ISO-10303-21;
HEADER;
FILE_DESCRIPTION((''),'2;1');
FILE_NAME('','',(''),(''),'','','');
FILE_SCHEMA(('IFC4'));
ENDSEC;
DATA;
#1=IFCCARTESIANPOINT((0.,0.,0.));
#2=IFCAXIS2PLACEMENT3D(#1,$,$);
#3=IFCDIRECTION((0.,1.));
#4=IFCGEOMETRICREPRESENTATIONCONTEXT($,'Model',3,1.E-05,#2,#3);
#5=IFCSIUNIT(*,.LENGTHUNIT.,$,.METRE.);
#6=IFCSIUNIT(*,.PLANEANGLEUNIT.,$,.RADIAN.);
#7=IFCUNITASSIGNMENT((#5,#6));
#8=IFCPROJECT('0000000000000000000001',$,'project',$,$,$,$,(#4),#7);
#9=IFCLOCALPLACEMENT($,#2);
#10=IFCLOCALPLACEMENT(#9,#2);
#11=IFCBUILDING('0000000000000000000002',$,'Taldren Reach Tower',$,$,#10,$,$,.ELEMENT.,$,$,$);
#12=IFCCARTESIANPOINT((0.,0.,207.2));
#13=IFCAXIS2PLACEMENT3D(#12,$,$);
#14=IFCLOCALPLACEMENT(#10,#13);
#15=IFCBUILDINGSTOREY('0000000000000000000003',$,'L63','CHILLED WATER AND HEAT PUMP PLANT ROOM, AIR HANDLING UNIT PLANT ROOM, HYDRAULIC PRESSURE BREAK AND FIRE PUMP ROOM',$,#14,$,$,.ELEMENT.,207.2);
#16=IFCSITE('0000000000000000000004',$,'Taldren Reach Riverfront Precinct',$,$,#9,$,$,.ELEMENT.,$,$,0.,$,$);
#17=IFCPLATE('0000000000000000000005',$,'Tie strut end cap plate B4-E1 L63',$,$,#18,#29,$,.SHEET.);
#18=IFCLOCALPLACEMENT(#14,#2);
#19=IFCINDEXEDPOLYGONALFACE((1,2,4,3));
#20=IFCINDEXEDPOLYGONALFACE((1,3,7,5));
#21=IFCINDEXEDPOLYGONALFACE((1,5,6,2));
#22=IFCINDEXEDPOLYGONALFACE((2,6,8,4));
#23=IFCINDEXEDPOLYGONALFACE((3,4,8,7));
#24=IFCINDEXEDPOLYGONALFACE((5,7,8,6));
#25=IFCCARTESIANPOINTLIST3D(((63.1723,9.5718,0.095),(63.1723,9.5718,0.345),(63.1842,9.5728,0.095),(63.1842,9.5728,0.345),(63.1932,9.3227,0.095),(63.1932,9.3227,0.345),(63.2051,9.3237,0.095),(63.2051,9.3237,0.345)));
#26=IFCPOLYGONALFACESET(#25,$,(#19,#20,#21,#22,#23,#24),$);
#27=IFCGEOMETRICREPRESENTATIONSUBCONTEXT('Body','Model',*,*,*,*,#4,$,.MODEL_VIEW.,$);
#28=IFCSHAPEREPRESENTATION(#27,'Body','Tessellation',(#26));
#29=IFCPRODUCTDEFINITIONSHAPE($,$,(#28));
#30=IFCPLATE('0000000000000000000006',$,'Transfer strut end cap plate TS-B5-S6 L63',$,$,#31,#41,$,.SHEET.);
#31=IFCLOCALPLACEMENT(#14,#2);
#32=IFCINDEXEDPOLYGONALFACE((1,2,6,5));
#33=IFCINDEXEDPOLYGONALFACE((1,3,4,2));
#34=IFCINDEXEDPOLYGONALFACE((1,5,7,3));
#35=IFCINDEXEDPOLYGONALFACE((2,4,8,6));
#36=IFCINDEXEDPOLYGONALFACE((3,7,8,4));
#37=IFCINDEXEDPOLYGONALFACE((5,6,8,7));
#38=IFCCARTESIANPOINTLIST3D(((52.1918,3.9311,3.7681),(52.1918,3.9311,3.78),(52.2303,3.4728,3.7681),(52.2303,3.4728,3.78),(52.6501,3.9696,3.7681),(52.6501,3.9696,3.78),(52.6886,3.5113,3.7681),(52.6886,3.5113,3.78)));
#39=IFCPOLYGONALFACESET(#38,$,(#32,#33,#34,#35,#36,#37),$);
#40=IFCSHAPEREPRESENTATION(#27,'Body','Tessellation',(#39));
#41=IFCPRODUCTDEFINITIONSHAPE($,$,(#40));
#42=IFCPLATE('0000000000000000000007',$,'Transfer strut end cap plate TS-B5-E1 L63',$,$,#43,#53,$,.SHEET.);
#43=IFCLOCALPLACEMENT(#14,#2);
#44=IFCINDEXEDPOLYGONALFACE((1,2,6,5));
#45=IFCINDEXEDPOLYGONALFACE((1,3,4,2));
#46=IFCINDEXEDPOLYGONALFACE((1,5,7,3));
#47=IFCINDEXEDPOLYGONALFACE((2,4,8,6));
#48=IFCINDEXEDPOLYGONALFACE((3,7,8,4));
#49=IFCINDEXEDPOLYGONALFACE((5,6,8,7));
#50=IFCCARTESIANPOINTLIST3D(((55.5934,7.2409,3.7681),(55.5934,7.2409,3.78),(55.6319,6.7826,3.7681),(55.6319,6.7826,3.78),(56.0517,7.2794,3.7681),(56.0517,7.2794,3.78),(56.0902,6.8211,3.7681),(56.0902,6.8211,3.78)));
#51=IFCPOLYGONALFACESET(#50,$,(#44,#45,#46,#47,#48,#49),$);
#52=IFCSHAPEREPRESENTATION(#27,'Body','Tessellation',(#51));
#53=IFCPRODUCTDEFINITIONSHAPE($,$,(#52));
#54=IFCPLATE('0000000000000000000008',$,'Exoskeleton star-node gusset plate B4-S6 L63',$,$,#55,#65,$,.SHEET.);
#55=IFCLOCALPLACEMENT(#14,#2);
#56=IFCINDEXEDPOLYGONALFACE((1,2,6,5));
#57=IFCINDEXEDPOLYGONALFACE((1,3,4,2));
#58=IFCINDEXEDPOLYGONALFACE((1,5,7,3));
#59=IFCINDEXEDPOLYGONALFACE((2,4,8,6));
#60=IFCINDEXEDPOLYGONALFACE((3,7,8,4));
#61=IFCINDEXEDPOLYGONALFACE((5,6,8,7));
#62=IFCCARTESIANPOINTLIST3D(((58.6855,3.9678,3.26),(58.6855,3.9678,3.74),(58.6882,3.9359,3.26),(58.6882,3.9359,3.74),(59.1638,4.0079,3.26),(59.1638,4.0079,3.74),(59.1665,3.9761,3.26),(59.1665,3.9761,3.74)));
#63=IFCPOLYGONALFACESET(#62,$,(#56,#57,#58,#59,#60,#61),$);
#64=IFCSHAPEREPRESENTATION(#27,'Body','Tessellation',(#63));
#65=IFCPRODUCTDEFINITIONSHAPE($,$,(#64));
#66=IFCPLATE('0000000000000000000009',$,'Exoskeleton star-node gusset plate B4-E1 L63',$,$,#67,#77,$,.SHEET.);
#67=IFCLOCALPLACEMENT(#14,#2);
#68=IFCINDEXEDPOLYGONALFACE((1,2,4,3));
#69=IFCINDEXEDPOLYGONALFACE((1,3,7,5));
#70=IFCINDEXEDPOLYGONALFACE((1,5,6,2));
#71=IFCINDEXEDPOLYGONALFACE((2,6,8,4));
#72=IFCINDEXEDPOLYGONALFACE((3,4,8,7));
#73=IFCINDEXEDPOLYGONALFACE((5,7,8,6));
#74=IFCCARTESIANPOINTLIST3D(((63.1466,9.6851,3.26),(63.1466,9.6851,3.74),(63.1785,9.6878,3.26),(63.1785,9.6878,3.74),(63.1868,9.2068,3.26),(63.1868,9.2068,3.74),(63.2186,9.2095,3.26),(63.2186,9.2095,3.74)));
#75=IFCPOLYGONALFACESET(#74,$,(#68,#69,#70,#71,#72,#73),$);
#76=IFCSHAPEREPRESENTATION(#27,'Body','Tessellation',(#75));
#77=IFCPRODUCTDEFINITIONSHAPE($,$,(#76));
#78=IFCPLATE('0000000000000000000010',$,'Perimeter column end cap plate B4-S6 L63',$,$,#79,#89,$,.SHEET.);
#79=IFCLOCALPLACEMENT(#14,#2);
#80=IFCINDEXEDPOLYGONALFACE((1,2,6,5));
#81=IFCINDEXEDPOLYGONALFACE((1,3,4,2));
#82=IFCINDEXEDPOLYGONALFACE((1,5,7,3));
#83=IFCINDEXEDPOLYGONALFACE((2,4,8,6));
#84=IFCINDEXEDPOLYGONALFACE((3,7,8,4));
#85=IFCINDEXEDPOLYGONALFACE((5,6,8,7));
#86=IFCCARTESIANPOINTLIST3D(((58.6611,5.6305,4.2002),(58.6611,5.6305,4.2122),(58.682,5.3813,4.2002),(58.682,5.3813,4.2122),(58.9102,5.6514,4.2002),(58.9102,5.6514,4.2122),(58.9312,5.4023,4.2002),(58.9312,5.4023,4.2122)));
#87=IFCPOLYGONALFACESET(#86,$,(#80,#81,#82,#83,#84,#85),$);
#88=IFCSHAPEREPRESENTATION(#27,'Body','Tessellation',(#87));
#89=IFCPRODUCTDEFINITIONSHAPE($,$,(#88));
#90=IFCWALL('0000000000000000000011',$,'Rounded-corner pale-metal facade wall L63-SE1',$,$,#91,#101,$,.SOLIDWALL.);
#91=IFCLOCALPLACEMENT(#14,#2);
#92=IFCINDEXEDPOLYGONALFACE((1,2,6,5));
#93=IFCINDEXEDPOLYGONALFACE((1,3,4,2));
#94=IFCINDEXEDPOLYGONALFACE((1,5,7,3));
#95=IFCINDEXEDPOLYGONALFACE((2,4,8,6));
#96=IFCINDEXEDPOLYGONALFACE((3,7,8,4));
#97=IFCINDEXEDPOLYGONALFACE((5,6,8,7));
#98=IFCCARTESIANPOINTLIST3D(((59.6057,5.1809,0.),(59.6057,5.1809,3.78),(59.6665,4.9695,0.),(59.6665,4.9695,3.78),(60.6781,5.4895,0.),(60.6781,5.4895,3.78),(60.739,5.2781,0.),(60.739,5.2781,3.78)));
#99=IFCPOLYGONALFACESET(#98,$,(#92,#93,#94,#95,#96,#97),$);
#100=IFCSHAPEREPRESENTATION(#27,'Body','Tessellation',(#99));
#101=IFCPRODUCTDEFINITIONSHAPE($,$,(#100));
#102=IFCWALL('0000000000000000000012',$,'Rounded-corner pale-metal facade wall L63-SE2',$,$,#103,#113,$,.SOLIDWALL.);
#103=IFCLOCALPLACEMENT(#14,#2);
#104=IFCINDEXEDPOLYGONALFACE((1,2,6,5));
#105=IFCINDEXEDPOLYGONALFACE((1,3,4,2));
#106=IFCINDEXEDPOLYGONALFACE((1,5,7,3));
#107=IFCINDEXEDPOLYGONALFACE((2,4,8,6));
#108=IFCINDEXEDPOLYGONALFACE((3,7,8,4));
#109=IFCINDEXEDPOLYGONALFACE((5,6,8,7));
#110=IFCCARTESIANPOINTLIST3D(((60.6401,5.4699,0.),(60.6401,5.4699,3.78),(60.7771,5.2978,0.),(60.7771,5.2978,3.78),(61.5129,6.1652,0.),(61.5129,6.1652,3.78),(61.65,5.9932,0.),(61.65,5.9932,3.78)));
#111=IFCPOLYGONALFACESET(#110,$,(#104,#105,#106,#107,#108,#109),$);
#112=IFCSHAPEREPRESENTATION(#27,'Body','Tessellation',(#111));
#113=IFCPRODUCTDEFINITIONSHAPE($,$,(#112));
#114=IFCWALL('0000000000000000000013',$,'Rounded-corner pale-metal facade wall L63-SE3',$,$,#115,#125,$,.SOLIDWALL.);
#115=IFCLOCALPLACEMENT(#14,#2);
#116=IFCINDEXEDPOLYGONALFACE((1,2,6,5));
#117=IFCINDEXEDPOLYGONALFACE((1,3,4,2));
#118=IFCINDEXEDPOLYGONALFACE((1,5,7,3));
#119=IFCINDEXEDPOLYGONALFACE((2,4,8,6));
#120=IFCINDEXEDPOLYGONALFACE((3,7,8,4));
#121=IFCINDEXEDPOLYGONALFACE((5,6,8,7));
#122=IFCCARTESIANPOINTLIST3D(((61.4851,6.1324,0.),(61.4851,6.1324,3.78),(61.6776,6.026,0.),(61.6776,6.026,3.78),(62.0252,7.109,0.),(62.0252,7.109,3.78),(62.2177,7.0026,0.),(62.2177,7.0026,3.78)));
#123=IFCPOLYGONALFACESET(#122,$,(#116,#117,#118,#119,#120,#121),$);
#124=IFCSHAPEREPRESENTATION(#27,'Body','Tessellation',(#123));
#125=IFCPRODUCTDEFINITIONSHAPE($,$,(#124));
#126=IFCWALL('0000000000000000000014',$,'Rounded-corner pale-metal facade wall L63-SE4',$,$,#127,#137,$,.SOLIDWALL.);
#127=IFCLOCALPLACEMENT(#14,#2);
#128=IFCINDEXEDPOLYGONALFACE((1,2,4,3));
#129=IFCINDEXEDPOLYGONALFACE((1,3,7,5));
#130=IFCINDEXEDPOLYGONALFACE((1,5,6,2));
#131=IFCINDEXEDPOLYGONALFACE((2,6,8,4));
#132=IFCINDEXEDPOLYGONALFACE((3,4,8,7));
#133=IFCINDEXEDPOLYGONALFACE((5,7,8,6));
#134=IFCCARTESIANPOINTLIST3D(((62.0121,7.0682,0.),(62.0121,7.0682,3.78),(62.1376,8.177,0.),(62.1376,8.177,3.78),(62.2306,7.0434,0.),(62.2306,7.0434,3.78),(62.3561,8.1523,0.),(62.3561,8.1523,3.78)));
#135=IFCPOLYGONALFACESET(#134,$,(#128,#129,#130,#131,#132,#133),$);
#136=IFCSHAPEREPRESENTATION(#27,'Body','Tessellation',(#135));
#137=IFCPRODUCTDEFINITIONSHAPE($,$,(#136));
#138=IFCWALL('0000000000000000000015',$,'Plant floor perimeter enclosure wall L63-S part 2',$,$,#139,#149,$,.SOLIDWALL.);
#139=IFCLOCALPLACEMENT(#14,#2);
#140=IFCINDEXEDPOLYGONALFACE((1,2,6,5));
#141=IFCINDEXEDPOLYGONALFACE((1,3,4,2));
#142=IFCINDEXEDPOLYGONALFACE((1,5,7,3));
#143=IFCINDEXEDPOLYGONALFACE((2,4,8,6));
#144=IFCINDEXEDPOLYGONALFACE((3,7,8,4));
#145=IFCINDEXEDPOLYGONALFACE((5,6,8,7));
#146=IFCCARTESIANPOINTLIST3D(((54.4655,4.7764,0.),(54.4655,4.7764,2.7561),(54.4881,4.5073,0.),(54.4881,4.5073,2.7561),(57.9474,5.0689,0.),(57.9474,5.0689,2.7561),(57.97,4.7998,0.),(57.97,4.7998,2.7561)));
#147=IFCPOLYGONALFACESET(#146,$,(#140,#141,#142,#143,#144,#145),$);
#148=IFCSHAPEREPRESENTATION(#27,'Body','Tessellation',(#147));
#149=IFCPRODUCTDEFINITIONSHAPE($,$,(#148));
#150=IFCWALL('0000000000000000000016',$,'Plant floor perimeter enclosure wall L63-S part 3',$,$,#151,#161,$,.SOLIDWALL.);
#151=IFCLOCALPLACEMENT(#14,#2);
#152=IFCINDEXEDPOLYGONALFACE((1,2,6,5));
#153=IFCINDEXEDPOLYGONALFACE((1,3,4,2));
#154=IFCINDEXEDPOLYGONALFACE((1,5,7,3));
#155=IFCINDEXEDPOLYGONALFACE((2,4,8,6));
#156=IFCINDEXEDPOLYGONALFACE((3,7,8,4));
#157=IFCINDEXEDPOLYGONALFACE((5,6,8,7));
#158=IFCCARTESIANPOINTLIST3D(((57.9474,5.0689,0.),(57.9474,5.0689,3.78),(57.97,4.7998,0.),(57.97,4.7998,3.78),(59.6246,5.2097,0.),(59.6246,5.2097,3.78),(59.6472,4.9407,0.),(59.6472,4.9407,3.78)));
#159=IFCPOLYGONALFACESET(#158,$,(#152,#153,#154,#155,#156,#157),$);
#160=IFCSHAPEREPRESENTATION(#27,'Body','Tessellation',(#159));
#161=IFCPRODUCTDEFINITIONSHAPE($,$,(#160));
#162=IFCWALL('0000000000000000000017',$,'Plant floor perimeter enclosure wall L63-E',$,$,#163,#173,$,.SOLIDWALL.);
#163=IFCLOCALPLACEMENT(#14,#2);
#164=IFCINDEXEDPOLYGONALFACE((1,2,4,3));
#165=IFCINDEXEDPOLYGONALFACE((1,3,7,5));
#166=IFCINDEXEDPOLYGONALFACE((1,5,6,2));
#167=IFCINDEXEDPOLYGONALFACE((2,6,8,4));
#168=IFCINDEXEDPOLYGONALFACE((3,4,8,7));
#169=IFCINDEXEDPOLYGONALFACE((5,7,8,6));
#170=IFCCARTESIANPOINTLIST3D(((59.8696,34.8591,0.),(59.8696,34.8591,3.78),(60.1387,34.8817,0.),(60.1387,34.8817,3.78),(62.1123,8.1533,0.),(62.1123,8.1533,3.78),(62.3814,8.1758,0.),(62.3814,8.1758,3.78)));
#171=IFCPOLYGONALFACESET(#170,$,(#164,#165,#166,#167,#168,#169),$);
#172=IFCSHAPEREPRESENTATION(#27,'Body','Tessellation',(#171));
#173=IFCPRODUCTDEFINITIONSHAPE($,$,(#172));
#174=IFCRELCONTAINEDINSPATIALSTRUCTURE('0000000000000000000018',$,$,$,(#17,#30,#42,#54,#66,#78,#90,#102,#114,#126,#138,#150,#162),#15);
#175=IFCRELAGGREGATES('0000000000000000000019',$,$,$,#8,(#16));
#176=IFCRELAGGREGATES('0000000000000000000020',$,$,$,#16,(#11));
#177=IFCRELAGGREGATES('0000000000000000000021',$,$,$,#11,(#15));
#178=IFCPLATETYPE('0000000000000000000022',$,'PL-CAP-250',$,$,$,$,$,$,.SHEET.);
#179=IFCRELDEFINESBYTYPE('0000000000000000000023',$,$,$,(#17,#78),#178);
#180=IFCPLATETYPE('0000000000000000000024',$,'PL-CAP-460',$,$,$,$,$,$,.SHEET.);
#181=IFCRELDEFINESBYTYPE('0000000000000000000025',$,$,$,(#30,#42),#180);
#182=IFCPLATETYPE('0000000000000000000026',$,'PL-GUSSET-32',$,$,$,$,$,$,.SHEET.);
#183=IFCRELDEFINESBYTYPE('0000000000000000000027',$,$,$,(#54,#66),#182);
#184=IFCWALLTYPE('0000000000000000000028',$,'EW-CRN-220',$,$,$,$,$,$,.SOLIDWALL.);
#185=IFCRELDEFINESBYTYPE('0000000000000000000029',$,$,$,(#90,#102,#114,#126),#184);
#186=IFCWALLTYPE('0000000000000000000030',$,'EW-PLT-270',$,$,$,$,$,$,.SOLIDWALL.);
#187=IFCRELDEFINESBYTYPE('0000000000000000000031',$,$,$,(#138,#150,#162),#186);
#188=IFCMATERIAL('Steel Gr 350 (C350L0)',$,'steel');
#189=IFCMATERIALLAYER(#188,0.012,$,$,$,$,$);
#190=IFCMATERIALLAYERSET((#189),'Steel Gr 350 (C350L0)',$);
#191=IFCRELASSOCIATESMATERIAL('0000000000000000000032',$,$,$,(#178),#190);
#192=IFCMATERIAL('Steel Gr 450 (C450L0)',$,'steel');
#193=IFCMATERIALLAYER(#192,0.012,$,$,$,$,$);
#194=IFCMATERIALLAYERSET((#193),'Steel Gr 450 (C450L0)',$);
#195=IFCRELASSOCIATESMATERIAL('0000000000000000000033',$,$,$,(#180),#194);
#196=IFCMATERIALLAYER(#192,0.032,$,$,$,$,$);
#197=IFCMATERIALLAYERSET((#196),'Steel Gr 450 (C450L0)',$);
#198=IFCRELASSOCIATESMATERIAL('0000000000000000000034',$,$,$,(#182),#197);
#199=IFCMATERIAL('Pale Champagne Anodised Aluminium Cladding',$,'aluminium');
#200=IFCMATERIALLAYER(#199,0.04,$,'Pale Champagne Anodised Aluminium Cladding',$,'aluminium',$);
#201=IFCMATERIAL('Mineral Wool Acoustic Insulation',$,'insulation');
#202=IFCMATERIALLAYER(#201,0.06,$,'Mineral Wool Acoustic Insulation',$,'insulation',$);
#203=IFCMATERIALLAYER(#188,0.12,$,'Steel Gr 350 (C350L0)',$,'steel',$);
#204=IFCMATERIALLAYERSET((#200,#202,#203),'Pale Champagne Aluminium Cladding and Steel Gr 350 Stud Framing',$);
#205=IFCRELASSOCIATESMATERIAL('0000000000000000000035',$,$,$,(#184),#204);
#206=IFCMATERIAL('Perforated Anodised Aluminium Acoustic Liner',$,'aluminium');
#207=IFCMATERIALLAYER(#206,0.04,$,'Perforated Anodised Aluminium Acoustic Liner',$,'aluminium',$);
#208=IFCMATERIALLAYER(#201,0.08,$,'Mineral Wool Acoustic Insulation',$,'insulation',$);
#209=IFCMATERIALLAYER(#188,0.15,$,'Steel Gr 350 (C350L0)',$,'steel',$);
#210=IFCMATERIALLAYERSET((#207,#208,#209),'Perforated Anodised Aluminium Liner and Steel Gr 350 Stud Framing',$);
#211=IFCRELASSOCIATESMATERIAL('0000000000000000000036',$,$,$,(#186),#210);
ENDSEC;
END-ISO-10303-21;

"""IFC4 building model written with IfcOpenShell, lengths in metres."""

from ifc_helpers import new_model, si_unit, direction, frame, frame_2d, origin, origin_2d, place, context, subcontext, project, spatial, rectangle, extrude, source, transform, mapped, material, layer, layer_set, type_object, element, save


model = new_model("IFC4")

# Units and contexts
model_context = context("Model", 3, precision=1e-05, world=origin(), true_north=direction((0.0, 1.0)))
body_context = subcontext(model_context, "Body", "Model", "MODEL_VIEW")
ifc_project = project(units=[si_unit("LENGTHUNIT", "METRE"), si_unit("PLANEANGLEUNIT", "RADIAN")], contexts=[model_context])

# Site, building, storey
site_placement = place(None, origin())
site = spatial("IfcSite", under=ifc_project, at=site_placement, Name="Taldren Reach Riverfront Precinct", CompositionType="ELEMENT", RefElevation=0.0)
building_placement = place(site_placement, origin())
building = spatial("IfcBuilding", under=site, at=building_placement, Name="Taldren Reach Tower", CompositionType="ELEMENT")
storey_placement = place(building_placement, frame((0.0, 0.0, 207.2)))
storey = spatial("IfcBuildingStorey", under=building, at=storey_placement, Name="L63", Description="CHILLED WATER AND HEAT PUMP PLANT ROOM, AIR HANDLING UNIT PLANT ROOM, HYDRAULIC PRESSURE BREAK AND FIRE PUMP ROOM", CompositionType="ELEMENT", Elevation=207.2)

# Shared definitions
ifc_material_1 = material(Name="Steel Gr 350 (C350L0)", Category="steel")

# Shared definitions
ifc_material_2 = material(Name="Steel Gr 450 (C450L0)", Category="steel")

# Plates
ifc_layer_1 = layer(ifc_material_1, 0.012)
ifc_layer_set_1 = layer_set([ifc_layer_1], Name="Steel Gr 350 (C350L0)")
plate_type_1 = type_object("IfcPlateType", Name="PL-CAP-250", PredefinedType="SHEET", material=ifc_layer_set_1)
shared_shape_1 = source(origin(), body_context, "Body", "SweptSolid", [
    extrude(rectangle(XDim=0.012, YDim=0.25, at=origin_2d()), origin(), (0.0, 0.0, 1.0), 0.25),
])
plate_1_placement = place(storey_placement, frame((63.1887, 9.4478, 0.095), z_axis=(0.0, 0.0, 1.0), x_axis=(0.996493, 0.083678, 0.0)))
element("IfcPlate", 1, at=plate_1_placement, inside=storey, type_object=plate_type_1, Name="Tie strut end cap plate B4-E1 L63", PredefinedType="SHEET", context=body_context, shape_type="MappedRepresentation", body=[
    mapped(shared_shape_1, transform((0.0, 0.0, 0.0), scale=1.0)),
])
ifc_layer_2 = layer(ifc_material_2, 0.012)
ifc_layer_set_2 = layer_set([ifc_layer_2], Name="Steel Gr 450 (C450L0)")
plate_type_2 = type_object("IfcPlateType", Name="PL-CAP-460", PredefinedType="SHEET", material=ifc_layer_set_2)
shared_shape_2 = source(origin(), body_context, "Body", "SweptSolid", [
    extrude(rectangle(XDim=0.46, YDim=0.46, at=origin_2d()), origin(), (0.0, 0.0, 1.0), 0.012),
])
for number, where, z_axis, x_axis, name in (
    (2, (52.4402, 3.7212, 3.7681), (0.0, 0.0, 1.0), (0.996493, 0.083678, 0.0), "Transfer strut end cap plate TS-B5-S6 L63"),
    (3, (55.8418, 7.031, 3.7681), (0.0, 0.0, 1.0), (0.996493, 0.083678, 0.0), "Transfer strut end cap plate TS-B5-E1 L63"),
):
    element("IfcPlate", number, at=place(storey_placement, frame(where, z_axis=z_axis, x_axis=x_axis)), inside=storey, type_object=plate_type_2, Name=name, PredefinedType="SHEET", context=body_context, shape_type="MappedRepresentation", body=[
        mapped(shared_shape_2, transform((0.0, 0.0, 0.0), scale=1.0)),
    ])
ifc_layer_3 = layer(ifc_material_2, 0.032)
ifc_layer_set_3 = layer_set([ifc_layer_3], Name="Steel Gr 450 (C450L0)")
plate_type_3 = type_object("IfcPlateType", Name="PL-GUSSET-32", PredefinedType="SHEET", material=ifc_layer_set_3)
shared_shape_3 = source(origin(), body_context, "Body", "SweptSolid", [
    extrude(rectangle(XDim=0.48, YDim=0.032, at=origin_2d()), origin(), (0.0, 0.0, 1.0), 0.48),
])
for number, where, z_axis, x_axis, name in (
    (4, (58.926, 3.9719, 3.26), (0.0, 0.0, 1.0), (0.996493, 0.083678, 0.0), "Exoskeleton star-node gusset plate B4-S6 L63"),
    (5, (63.1826, 9.4473, 3.26), (0.0, 0.0, 1.0), (-0.083678, 0.996493, 0.0), "Exoskeleton star-node gusset plate B4-E1 L63"),
):
    element("IfcPlate", number, at=place(storey_placement, frame(where, z_axis=z_axis, x_axis=x_axis)), inside=storey, type_object=plate_type_3, Name=name, PredefinedType="SHEET", context=body_context, shape_type="MappedRepresentation", body=[
        mapped(shared_shape_3, transform((0.0, 0.0, 0.0), scale=1.0)),
    ])
shared_shape_4 = source(origin(), body_context, "Body", "SweptSolid", [
    extrude(rectangle(XDim=0.25, YDim=0.25, at=origin_2d()), origin(), (0.0, 0.0, 1.0), 0.012),
])
plate_2_placement = place(storey_placement, frame((58.7961, 5.5164, 4.2002), z_axis=(0.0, 0.0, 1.0), x_axis=(0.996493, 0.083678, 0.0)))
element("IfcPlate", 6, at=plate_2_placement, inside=storey, type_object=plate_type_1, Name="Perimeter column end cap plate B4-S6 L63", PredefinedType="SHEET", context=body_context, shape_type="MappedRepresentation", body=[
    mapped(shared_shape_4, transform((0.0, 0.0, 0.0), scale=1.0)),
])

# Walls
ifc_material_3 = material(Name="Pale Champagne Anodised Aluminium Cladding", Category="aluminium")
ifc_layer_4 = layer(ifc_material_3, 0.04, Name="Pale Champagne Anodised Aluminium Cladding", Category="aluminium")
ifc_material_4 = material(Name="Mineral Wool Acoustic Insulation", Category="insulation")
ifc_layer_5 = layer(ifc_material_4, 0.06, Name="Mineral Wool Acoustic Insulation", Category="insulation")
ifc_layer_6 = layer(ifc_material_1, 0.12, Name="Steel Gr 350 (C350L0)", Category="steel")
ifc_layer_set_4 = layer_set([ifc_layer_4, ifc_layer_5, ifc_layer_6], Name="Pale Champagne Aluminium Cladding and Steel Gr 350 Stud Framing")
wall_type_1 = type_object("IfcWallType", Name="EW-CRN-220", PredefinedType="SOLIDWALL", material=ifc_layer_set_4)
shared_shape_5 = source(origin(), body_context, "Body", "SweptSolid", [
    extrude(rectangle(XDim=1.116, YDim=0.22, at=frame_2d((0.5581, 0.0))), origin(), (0.0, 0.0, 1.0), 3.78),
])
for number, where, z_axis, x_axis, name in (
    (7, (59.636, 5.0752, 0.0), (0.0, 0.0, 1.0), (0.96101, 0.276512, 0.0), "Rounded-corner pale-metal facade wall L63-SE1"),
    (8, (60.7085, 5.3838, 0.0), (0.0, 0.0, 1.0), (0.782148, 0.623093, 0.0), "Rounded-corner pale-metal facade wall L63-SE2"),
    (9, (61.5813, 6.0791, 0.0), (0.0, 0.0, 1.0), (0.483933, 0.875105, 0.0), "Rounded-corner pale-metal facade wall L63-SE3"),
    (10, (62.1213, 7.0557, 0.0), (0.0, 0.0, 1.0), (0.112448, 0.993658, 0.0), "Rounded-corner pale-metal facade wall L63-SE4"),
):
    element("IfcWall", number, at=place(storey_placement, frame(where, z_axis=z_axis, x_axis=x_axis)), inside=storey, type_object=wall_type_1, Name=name, PredefinedType="SOLIDWALL", context=body_context, shape_type="MappedRepresentation", body=[
        mapped(shared_shape_5, transform((0.0, 0.0, 0.0), scale=1.0)),
    ])
ifc_material_5 = material(Name="Perforated Anodised Aluminium Acoustic Liner", Category="aluminium")
ifc_layer_7 = layer(ifc_material_5, 0.04, Name="Perforated Anodised Aluminium Acoustic Liner", Category="aluminium")
ifc_layer_8 = layer(ifc_material_4, 0.08, Name="Mineral Wool Acoustic Insulation", Category="insulation")
ifc_layer_9 = layer(ifc_material_1, 0.15, Name="Steel Gr 350 (C350L0)", Category="steel")
ifc_layer_set_5 = layer_set([ifc_layer_7, ifc_layer_8, ifc_layer_9], Name="Perforated Anodised Aluminium Liner and Steel Gr 350 Stud Framing")
wall_type_2 = type_object("IfcWallType", Name="EW-PLT-270", PredefinedType="SOLIDWALL", material=ifc_layer_set_5)
shared_shape_6 = source(origin(), body_context, "Body", "SweptSolid", [
    extrude(rectangle(XDim=3.4941, YDim=0.27, at=frame_2d((1.7471, 0.0))), origin(), (0.0, 0.0, 1.0), 2.7561),
])
wall_1_placement = place(storey_placement, frame((54.4768, 4.6418, 0.0), z_axis=(0.0, 0.0, 1.0), x_axis=(0.996491, 0.083705, 0.0)))
element("IfcWall", 11, at=wall_1_placement, inside=storey, type_object=wall_type_2, Name="Plant floor perimeter enclosure wall L63-S part 2", PredefinedType="SOLIDWALL", context=body_context, shape_type="MappedRepresentation", body=[
    mapped(shared_shape_6, transform((0.0, 0.0, 0.0), scale=1.0)),
])
shared_shape_7 = source(origin(), body_context, "Body", "SweptSolid", [
    extrude(rectangle(XDim=1.6831, YDim=0.27, at=frame_2d((0.8416, 0.0))), origin(), (0.0, 0.0, 1.0), 3.78),
])
wall_2_placement = place(storey_placement, frame((57.9587, 4.9343, 0.0), z_axis=(0.0, 0.0, 1.0), x_axis=(0.996492, 0.083694, 0.0)))
element("IfcWall", 12, at=wall_2_placement, inside=storey, type_object=wall_type_2, Name="Plant floor perimeter enclosure wall L63-S part 3", PredefinedType="SOLIDWALL", context=body_context, shape_type="MappedRepresentation", body=[
    mapped(shared_shape_7, transform((0.0, 0.0, 0.0), scale=1.0)),
])
shared_shape_8 = source(origin(), body_context, "Body", "SweptSolid", [
    extrude(rectangle(XDim=26.7998, YDim=0.27, at=frame_2d((13.3999, 0.0))), origin(), (0.0, 0.0, 1.0), 3.78),
])
wall_3_placement = place(storey_placement, frame((62.2468, 8.1646, 0.0), z_axis=(0.0, 0.0, 1.0), x_axis=(-0.083683, 0.996492, 0.0)))
element("IfcWall", 13, at=wall_3_placement, inside=storey, type_object=wall_type_2, Name="Plant floor perimeter enclosure wall L63-E", PredefinedType="SOLIDWALL", context=body_context, shape_type="MappedRepresentation", body=[
    mapped(shared_shape_8, transform((0.0, 0.0, 0.0), scale=1.0)),
])

save(model, "model.ifc")
